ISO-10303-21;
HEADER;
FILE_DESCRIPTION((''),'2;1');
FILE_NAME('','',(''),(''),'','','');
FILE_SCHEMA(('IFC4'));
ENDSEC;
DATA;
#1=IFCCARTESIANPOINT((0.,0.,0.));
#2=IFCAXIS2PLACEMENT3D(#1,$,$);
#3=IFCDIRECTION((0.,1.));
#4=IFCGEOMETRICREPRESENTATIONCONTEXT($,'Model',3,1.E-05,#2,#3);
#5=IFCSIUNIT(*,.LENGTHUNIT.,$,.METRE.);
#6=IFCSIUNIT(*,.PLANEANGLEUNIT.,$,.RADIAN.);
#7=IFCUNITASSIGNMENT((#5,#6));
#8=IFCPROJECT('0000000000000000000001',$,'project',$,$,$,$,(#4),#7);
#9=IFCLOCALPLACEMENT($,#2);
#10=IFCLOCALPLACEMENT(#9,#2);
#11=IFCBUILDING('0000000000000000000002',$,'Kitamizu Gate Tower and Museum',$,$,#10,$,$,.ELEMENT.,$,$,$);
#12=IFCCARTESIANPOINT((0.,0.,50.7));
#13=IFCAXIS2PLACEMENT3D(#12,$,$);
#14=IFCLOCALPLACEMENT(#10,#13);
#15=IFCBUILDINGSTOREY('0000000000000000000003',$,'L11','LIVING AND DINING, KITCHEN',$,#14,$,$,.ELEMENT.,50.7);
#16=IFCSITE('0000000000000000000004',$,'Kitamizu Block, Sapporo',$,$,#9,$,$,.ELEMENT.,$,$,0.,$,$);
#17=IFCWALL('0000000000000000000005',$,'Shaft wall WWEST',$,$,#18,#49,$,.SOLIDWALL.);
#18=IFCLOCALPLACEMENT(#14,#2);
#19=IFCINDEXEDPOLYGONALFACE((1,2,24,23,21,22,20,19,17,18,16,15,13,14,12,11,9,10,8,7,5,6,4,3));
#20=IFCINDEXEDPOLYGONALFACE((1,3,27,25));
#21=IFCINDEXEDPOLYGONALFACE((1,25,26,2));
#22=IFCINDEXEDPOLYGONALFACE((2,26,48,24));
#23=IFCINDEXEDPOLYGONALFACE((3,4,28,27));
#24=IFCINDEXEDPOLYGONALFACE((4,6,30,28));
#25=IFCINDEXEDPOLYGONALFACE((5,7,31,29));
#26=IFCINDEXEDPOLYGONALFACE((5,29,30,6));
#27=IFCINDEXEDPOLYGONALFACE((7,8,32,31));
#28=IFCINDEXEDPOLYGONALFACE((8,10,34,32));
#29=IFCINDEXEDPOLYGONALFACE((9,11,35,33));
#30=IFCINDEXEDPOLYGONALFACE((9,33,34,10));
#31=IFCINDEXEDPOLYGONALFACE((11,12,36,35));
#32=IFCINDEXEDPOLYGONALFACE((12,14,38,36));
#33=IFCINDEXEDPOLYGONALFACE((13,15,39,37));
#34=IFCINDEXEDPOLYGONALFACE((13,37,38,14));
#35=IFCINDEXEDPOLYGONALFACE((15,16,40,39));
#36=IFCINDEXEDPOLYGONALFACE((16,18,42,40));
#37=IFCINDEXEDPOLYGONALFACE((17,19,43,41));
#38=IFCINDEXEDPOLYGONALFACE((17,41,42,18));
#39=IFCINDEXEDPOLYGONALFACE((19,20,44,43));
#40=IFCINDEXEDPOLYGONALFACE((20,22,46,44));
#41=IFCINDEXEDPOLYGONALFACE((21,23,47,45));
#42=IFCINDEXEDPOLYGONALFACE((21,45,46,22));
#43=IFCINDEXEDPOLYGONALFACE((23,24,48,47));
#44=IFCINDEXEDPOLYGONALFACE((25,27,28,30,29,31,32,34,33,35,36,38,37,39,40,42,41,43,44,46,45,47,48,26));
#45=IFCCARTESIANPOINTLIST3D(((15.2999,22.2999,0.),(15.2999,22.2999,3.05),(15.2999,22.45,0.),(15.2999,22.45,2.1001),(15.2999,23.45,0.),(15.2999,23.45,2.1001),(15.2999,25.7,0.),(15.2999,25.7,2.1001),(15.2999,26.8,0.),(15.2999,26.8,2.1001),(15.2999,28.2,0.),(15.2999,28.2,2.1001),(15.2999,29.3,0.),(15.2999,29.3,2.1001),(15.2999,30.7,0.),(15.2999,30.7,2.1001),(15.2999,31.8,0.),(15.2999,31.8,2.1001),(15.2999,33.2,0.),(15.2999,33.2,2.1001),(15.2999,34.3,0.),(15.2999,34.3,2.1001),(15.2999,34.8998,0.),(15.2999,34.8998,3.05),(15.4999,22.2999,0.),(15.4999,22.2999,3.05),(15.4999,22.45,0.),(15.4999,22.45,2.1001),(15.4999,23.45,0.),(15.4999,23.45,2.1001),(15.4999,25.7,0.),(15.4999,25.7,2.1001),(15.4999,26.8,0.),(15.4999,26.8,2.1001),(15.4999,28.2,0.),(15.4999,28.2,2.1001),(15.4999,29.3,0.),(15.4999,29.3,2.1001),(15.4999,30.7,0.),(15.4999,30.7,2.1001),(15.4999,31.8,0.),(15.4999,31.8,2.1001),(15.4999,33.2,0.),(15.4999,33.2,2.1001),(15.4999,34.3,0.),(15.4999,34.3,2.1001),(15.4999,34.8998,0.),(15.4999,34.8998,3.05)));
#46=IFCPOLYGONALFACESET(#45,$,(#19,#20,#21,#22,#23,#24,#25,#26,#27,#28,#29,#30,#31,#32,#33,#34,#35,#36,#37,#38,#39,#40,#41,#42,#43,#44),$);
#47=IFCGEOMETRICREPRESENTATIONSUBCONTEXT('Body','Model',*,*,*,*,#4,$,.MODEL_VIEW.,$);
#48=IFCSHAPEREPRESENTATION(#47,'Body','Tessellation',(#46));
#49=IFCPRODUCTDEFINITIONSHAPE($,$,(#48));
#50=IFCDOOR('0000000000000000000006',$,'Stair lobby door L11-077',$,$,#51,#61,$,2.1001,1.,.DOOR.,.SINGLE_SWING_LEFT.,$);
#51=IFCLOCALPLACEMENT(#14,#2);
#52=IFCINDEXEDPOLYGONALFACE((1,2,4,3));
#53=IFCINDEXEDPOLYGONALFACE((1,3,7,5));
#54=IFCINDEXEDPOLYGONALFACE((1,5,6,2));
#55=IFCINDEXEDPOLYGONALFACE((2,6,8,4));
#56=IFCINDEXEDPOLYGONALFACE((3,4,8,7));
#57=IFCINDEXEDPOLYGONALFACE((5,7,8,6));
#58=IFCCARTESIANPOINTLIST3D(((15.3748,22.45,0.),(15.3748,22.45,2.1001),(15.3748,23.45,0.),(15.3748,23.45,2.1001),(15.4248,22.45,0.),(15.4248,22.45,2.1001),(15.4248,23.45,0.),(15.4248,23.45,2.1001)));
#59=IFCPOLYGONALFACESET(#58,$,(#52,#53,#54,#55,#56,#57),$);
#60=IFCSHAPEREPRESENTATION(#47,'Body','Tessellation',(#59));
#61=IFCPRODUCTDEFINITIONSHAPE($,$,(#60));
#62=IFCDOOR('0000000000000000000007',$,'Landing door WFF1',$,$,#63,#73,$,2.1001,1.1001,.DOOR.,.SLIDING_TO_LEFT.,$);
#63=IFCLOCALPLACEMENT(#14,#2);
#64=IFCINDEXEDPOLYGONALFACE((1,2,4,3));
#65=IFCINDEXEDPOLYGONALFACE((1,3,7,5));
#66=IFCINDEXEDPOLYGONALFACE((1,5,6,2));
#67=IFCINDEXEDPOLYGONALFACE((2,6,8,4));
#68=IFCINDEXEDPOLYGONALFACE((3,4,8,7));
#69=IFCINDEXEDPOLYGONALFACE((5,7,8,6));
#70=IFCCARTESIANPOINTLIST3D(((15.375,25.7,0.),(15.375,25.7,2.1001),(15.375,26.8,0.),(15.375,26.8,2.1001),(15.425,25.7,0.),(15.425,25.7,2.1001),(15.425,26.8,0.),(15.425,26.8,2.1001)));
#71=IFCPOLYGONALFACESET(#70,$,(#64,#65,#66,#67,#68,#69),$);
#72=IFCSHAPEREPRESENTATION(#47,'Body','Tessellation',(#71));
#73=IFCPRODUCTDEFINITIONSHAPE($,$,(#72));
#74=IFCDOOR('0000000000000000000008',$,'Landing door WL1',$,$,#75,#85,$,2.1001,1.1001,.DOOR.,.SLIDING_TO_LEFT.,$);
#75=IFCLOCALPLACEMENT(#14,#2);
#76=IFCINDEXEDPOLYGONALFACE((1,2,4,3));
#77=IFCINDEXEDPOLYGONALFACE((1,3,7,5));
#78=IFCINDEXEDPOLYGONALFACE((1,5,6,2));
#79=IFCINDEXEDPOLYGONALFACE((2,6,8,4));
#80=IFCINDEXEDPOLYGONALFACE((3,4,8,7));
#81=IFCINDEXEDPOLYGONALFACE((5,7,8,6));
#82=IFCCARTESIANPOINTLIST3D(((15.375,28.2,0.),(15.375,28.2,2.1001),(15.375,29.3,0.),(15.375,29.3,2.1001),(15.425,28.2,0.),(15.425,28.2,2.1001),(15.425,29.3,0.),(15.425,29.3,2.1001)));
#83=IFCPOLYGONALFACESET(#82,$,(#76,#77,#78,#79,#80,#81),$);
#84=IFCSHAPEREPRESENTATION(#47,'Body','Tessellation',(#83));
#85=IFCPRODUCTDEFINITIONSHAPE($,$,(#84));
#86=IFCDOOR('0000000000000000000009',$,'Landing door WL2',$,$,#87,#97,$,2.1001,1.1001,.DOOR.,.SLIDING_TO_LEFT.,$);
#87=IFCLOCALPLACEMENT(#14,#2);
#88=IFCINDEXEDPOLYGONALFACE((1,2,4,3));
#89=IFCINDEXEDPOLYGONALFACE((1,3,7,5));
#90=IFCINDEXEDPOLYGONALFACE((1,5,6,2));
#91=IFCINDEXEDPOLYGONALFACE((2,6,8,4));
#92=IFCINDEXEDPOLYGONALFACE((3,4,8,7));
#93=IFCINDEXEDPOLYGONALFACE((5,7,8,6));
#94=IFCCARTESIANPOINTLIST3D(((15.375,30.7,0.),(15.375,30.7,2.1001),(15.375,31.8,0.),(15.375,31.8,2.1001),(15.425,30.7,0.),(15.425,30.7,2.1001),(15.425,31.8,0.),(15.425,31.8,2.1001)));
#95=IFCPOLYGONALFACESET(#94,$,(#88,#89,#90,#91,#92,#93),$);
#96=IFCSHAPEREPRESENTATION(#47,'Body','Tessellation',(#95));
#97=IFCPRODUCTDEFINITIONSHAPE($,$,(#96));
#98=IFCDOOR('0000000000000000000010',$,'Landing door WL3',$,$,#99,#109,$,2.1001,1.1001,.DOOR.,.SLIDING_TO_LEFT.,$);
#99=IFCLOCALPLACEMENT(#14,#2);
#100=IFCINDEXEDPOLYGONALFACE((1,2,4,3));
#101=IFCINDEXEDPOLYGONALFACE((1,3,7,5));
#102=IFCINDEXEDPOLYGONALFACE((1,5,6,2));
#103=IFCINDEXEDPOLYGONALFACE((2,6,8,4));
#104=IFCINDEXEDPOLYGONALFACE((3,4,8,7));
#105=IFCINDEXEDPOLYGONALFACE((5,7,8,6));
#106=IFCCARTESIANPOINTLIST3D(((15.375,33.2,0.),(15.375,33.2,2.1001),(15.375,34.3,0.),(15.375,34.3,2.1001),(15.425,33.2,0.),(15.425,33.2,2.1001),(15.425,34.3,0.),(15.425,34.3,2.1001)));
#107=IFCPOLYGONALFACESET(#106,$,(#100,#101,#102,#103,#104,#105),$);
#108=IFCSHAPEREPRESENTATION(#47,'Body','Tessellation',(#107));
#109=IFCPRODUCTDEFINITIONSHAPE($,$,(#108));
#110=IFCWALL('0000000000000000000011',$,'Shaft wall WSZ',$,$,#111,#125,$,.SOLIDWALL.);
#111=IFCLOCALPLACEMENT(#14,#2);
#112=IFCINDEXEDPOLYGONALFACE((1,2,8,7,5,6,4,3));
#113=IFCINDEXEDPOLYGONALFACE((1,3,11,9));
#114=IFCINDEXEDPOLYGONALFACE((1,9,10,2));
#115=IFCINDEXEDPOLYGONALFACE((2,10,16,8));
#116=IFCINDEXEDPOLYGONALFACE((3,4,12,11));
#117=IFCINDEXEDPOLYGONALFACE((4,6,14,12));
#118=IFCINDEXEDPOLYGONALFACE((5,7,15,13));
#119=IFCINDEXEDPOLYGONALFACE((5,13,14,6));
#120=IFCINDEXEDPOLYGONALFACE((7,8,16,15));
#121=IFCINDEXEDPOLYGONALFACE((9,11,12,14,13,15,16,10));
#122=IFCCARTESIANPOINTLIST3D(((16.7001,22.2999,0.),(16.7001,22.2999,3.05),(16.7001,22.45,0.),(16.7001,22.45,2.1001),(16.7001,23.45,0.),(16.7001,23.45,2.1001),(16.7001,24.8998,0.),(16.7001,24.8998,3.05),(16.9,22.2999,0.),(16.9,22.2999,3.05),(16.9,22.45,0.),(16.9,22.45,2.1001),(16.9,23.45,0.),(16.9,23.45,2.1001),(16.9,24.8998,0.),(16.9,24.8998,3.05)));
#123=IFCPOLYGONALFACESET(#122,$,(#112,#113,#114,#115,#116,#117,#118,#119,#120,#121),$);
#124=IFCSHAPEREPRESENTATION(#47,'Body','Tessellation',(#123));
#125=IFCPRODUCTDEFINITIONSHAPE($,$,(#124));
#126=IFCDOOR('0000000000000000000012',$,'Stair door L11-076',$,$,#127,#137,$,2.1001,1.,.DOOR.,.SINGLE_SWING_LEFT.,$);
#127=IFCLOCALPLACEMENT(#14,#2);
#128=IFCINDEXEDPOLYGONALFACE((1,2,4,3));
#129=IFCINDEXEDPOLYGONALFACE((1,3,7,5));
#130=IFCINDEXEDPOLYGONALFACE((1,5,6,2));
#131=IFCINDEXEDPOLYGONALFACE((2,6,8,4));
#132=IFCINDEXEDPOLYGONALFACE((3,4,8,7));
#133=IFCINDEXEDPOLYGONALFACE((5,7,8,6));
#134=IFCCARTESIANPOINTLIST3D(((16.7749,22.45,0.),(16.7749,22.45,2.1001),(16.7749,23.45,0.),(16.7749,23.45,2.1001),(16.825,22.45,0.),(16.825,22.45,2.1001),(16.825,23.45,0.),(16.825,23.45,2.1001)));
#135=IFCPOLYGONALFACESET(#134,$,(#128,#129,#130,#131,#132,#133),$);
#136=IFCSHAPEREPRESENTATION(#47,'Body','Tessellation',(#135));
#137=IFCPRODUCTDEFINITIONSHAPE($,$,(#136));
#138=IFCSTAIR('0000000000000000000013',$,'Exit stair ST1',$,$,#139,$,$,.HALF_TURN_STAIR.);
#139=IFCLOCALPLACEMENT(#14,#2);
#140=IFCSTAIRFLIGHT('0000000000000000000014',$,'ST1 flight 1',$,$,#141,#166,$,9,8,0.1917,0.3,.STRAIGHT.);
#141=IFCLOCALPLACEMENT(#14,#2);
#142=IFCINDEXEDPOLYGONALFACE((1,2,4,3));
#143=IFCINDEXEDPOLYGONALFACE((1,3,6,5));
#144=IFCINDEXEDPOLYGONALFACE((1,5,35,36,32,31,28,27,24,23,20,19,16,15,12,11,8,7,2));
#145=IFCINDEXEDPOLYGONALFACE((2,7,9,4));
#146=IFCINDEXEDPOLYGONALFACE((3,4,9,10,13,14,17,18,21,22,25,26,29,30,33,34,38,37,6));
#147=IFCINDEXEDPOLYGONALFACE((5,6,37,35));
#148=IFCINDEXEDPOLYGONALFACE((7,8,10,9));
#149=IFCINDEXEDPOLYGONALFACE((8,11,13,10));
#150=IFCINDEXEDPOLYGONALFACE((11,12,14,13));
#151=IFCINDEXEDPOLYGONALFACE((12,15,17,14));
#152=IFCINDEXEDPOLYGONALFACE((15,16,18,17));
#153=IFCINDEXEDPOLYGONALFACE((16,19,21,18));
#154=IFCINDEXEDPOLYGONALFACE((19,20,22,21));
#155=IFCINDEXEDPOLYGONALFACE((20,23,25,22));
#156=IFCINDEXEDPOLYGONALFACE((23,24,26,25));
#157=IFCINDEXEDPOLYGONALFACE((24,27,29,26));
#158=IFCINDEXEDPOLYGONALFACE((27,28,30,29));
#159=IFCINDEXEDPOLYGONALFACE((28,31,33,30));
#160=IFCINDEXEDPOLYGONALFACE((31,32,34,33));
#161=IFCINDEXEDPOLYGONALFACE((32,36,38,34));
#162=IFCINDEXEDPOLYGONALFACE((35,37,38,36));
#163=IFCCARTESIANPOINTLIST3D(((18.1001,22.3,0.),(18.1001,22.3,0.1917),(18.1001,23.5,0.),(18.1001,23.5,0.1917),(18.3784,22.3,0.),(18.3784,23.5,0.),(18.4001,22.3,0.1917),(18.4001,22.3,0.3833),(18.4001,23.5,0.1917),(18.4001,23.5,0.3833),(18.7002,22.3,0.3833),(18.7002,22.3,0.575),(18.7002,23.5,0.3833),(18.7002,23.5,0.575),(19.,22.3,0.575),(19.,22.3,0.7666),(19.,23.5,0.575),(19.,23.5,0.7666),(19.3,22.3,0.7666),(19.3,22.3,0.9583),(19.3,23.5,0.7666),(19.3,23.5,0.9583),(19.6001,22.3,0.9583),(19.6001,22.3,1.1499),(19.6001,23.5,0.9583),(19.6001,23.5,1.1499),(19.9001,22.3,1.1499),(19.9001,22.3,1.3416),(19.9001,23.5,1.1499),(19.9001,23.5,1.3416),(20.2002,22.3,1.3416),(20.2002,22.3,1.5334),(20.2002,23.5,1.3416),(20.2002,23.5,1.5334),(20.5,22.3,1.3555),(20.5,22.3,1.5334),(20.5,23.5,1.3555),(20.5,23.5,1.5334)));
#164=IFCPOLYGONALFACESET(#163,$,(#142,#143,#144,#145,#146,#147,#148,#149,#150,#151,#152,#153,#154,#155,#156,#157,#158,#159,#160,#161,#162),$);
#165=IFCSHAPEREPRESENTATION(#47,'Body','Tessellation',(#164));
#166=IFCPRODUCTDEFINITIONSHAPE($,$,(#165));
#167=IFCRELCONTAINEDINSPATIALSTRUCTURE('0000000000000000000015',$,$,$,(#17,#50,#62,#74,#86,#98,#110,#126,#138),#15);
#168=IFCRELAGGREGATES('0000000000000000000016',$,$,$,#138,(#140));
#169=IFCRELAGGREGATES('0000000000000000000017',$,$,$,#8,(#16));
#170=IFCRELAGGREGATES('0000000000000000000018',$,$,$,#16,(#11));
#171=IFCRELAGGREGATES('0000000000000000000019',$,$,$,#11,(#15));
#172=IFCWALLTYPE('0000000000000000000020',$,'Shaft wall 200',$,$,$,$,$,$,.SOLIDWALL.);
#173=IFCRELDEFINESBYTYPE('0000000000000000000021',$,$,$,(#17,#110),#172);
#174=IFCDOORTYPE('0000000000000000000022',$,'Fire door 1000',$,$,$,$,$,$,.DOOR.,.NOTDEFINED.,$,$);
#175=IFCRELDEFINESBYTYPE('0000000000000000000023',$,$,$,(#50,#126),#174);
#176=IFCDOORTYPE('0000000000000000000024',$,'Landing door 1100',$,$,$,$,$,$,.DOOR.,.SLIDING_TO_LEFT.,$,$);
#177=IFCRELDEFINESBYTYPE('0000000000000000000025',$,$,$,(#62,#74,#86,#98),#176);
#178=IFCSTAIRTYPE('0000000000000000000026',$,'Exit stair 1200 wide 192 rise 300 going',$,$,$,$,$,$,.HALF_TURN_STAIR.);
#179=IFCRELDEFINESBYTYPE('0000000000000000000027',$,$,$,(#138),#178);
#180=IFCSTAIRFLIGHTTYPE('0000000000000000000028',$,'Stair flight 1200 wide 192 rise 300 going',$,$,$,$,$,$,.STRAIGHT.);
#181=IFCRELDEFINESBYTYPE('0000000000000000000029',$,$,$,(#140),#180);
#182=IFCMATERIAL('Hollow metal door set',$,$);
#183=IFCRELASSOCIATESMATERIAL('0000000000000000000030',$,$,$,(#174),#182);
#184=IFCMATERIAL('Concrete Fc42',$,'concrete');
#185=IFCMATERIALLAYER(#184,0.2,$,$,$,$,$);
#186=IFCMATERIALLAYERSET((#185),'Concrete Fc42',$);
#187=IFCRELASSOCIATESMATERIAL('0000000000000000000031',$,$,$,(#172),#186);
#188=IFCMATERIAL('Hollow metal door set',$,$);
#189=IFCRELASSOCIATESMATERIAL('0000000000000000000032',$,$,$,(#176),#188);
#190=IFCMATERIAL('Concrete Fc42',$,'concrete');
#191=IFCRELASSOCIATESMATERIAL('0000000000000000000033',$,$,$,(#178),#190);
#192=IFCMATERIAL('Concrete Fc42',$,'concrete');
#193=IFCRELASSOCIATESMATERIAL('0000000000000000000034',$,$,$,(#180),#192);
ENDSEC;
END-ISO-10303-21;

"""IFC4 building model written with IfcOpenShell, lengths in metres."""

from ifc_helpers import new_model, si_unit, direction, frame, frame_2d, origin, place, context, subcontext, project, spatial, polyline, rectangle, outline, extrude, material, layer, layer_set, type_object, element, fill, aggregate, save


model = new_model("IFC4")

# Units and contexts
model_context = context("Model", 3, precision=1e-05, world=origin(), true_north=direction((0.0, 1.0)))
body_context = subcontext(model_context, "Body", "Model", "MODEL_VIEW")
ifc_project = project(units=[si_unit("LENGTHUNIT", "METRE"), si_unit("PLANEANGLEUNIT", "RADIAN")], contexts=[model_context])

# Site, building, storey
site_placement = place(None, origin())
site = spatial("IfcSite", under=ifc_project, at=site_placement, Name="Kitamizu Block, Sapporo", CompositionType="ELEMENT", RefElevation=0.0)
building_placement = place(site_placement, origin())
building = spatial("IfcBuilding", under=site, at=building_placement, Name="Kitamizu Gate Tower and Museum", CompositionType="ELEMENT")
storey_placement = place(building_placement, frame((0.0, 0.0, 50.7)))
storey = spatial("IfcBuildingStorey", under=building, at=storey_placement, Name="L11", Description="LIVING AND DINING, KITCHEN", CompositionType="ELEMENT", Elevation=50.7)

# Shared definitions
ifc_material_1 = material(Name="Hollow metal door set")
door_type_1 = type_object("IfcDoorType", Name="Fire door 1000", OperationType="NOTDEFINED", PredefinedType="DOOR", material=ifc_material_1)

# Wall, openings, doors
ifc_material_2 = material(Name="Concrete Fc42", Category="concrete")
ifc_layer_1 = layer(ifc_material_2, 0.2)
ifc_layer_set_1 = layer_set([ifc_layer_1], Name="Concrete Fc42")
wall_type_1 = type_object("IfcWallType", Name="Shaft wall 200", PredefinedType="SOLIDWALL", material=ifc_layer_set_1)
wall_1_placement = place(storey_placement, frame((15.3999, 22.3, 0.0), z_axis=(0.0, 0.0, 1.0), x_axis=(0.0, 1.0, 0.0)))
wall_1 = element("IfcWall", 1, at=wall_1_placement, inside=storey, type_object=wall_type_1, Name="Shaft wall WWEST", PredefinedType="SOLIDWALL", context=body_context, shape_type="SweptSolid", body=[
    extrude(rectangle(XDim=12.5999, YDim=0.2, at=frame_2d((6.2998, 0.0))), origin(), (0.0, 0.0, 1.0), 3.05),
])
opening_1_placement = place(wall_1_placement, frame((3.3999, 0.0, 0.0)))
opening_1 = element("IfcOpeningElement", 2, at=opening_1_placement, cuts=wall_1, PredefinedType="OPENING", context=body_context, shape_type="SweptSolid", body=[
    extrude(rectangle(XDim=1.1001, YDim=2.1001, at=frame_2d((0.55, 1.05))), frame((0.0, 0.1099, 0.0), z_axis=(0.0, -1.0, 0.0), x_axis=(1.0, 0.0, 0.0)), (0.0, 0.0, 1.0), 0.22),
])
opening_2_placement = place(wall_1_placement, frame((5.8999, 0.0, 0.0)))
opening_2 = element("IfcOpeningElement", 3, at=opening_2_placement, cuts=wall_1, PredefinedType="OPENING", context=body_context, shape_type="SweptSolid", body=[
    extrude(rectangle(XDim=1.1001, YDim=2.1001, at=frame_2d((0.55, 1.05))), frame((0.0, 0.1099, 0.0), z_axis=(0.0, -1.0, 0.0), x_axis=(1.0, 0.0, 0.0)), (0.0, 0.0, 1.0), 0.22),
])
opening_3_placement = place(wall_1_placement, frame((8.3999, 0.0, 0.0)))
opening_3 = element("IfcOpeningElement", 4, at=opening_3_placement, cuts=wall_1, PredefinedType="OPENING", context=body_context, shape_type="SweptSolid", body=[
    extrude(rectangle(XDim=1.1001, YDim=2.1001, at=frame_2d((0.55, 1.05))), frame((0.0, 0.1099, 0.0), z_axis=(0.0, -1.0, 0.0), x_axis=(1.0, 0.0, 0.0)), (0.0, 0.0, 1.0), 0.22),
])
opening_4_placement = place(wall_1_placement, frame((10.8999, 0.0, 0.0)))
opening_4 = element("IfcOpeningElement", 5, at=opening_4_placement, cuts=wall_1, PredefinedType="OPENING", context=body_context, shape_type="SweptSolid", body=[
    extrude(rectangle(XDim=1.1001, YDim=2.1001, at=frame_2d((0.55, 1.05))), frame((0.0, 0.1099, 0.0), z_axis=(0.0, -1.0, 0.0), x_axis=(1.0, 0.0, 0.0)), (0.0, 0.0, 1.0), 0.22),
])
opening_5_placement = place(wall_1_placement, frame((0.1499, 0.0, 0.0)))
opening_5 = element("IfcOpeningElement", 6, at=opening_5_placement, cuts=wall_1, PredefinedType="OPENING", context=body_context, shape_type="SweptSolid", body=[
    extrude(rectangle(XDim=1.0, YDim=2.1001, at=frame_2d((0.5, 1.05))), frame((0.0, 0.1099, 0.0), z_axis=(0.0, -1.0, 0.0), x_axis=(1.0, 0.0, 0.0)), (0.0, 0.0, 1.0), 0.22),
])
door_1_placement = place(opening_5_placement, frame((1.0, 0.0, 0.0), x_axis=(-1.0, 0.0, 0.0)))
door_1 = element("IfcDoor", 7, at=door_1_placement, inside=storey, type_object=door_type_1, Name="Stair lobby door L11-077", OperationType="SINGLE_SWING_LEFT", OverallHeight=2.1001, OverallWidth=1.0, PredefinedType="DOOR", context=body_context, shape_type="SweptSolid", body=[
    extrude(rectangle(XDim=1.0, YDim=2.1001, at=frame_2d((0.5, 1.05))), frame((0.0, 0.0249, 0.0), z_axis=(0.0, -1.0, 0.0), x_axis=(1.0, 0.0, 0.0)), (0.0, 0.0, 1.0), 0.05),
])
fill(opening_5, door_1)
ifc_material_3 = material(Name="Hollow metal door set")
door_type_2 = type_object("IfcDoorType", Name="Landing door 1100", OperationType="SLIDING_TO_LEFT", PredefinedType="DOOR", material=ifc_material_3)
door_2_placement = place(opening_1_placement, origin())
door_2 = element("IfcDoor", 8, at=door_2_placement, inside=storey, type_object=door_type_2, Name="Landing door WFF1", OperationType="SLIDING_TO_LEFT", OverallHeight=2.1001, OverallWidth=1.1001, PredefinedType="DOOR", context=body_context, shape_type="SweptSolid", body=[
    extrude(rectangle(XDim=1.1001, YDim=2.1001, at=frame_2d((0.55, 1.05))), frame((0.0, 0.0249, 0.0), z_axis=(0.0, -1.0, 0.0), x_axis=(1.0, 0.0, 0.0)), (0.0, 0.0, 1.0), 0.05),
])
fill(opening_1, door_2)
door_3_placement = place(opening_2_placement, origin())
door_3 = element("IfcDoor", 9, at=door_3_placement, inside=storey, type_object=door_type_2, Name="Landing door WL1", OperationType="SLIDING_TO_LEFT", OverallHeight=2.1001, OverallWidth=1.1001, PredefinedType="DOOR", context=body_context, shape_type="SweptSolid", body=[
    extrude(rectangle(XDim=1.1001, YDim=2.1001, at=frame_2d((0.55, 1.05))), frame((0.0, 0.0249, 0.0), z_axis=(0.0, -1.0, 0.0), x_axis=(1.0, 0.0, 0.0)), (0.0, 0.0, 1.0), 0.05),
])
fill(opening_2, door_3)
door_4_placement = place(opening_3_placement, origin())
door_4 = element("IfcDoor", 10, at=door_4_placement, inside=storey, type_object=door_type_2, Name="Landing door WL2", OperationType="SLIDING_TO_LEFT", OverallHeight=2.1001, OverallWidth=1.1001, PredefinedType="DOOR", context=body_context, shape_type="SweptSolid", body=[
    extrude(rectangle(XDim=1.1001, YDim=2.1001, at=frame_2d((0.55, 1.05))), frame((0.0, 0.0249, 0.0), z_axis=(0.0, -1.0, 0.0), x_axis=(1.0, 0.0, 0.0)), (0.0, 0.0, 1.0), 0.05),
])
fill(opening_3, door_4)
door_5_placement = place(opening_4_placement, origin())
door_5 = element("IfcDoor", 11, at=door_5_placement, inside=storey, type_object=door_type_2, Name="Landing door WL3", OperationType="SLIDING_TO_LEFT", OverallHeight=2.1001, OverallWidth=1.1001, PredefinedType="DOOR", context=body_context, shape_type="SweptSolid", body=[
    extrude(rectangle(XDim=1.1001, YDim=2.1001, at=frame_2d((0.55, 1.05))), frame((0.0, 0.0249, 0.0), z_axis=(0.0, -1.0, 0.0), x_axis=(1.0, 0.0, 0.0)), (0.0, 0.0, 1.0), 0.05),
])
fill(opening_4, door_5)

# Wall, opening, door
wall_2_placement = place(storey_placement, frame((16.8, 22.3, 0.0), z_axis=(0.0, 0.0, 1.0), x_axis=(0.0, 1.0, 0.0)))
wall_2 = element("IfcWall", 12, at=wall_2_placement, inside=storey, type_object=wall_type_1, Name="Shaft wall WSZ", PredefinedType="SOLIDWALL", context=body_context, shape_type="SweptSolid", body=[
    extrude(rectangle(XDim=2.5999, YDim=0.2, at=frame_2d((1.2998, 0.0))), origin(), (0.0, 0.0, 1.0), 3.05),
])
opening_6_placement = place(wall_2_placement, frame((0.1499, 0.0, 0.0)))
opening_6 = element("IfcOpeningElement", 13, at=opening_6_placement, cuts=wall_2, PredefinedType="OPENING", context=body_context, shape_type="SweptSolid", body=[
    extrude(rectangle(XDim=1.0, YDim=2.1001, at=frame_2d((0.5, 1.05))), frame((0.0, 0.1099, 0.0), z_axis=(0.0, -1.0, 0.0), x_axis=(1.0, 0.0, 0.0)), (0.0, 0.0, 1.0), 0.22),
])
door_6_placement = place(opening_6_placement, frame((1.0, 0.0, 0.0), x_axis=(-1.0, 0.0, 0.0)))
door_6 = element("IfcDoor", 14, at=door_6_placement, inside=storey, type_object=door_type_1, Name="Stair door L11-076", OperationType="SINGLE_SWING_LEFT", OverallHeight=2.1001, OverallWidth=1.0, PredefinedType="DOOR", context=body_context, shape_type="SweptSolid", body=[
    extrude(rectangle(XDim=1.0, YDim=2.1001, at=frame_2d((0.5, 1.05))), frame((0.0, 0.0249, 0.0), z_axis=(0.0, -1.0, 0.0), x_axis=(1.0, 0.0, 0.0)), (0.0, 0.0, 1.0), 0.05),
])
fill(opening_6, door_6)

# Stair, stair flight
ifc_material_4 = material(Name="Concrete Fc42", Category="concrete")
stair_type = type_object("IfcStairType", Name="Exit stair 1200 wide 192 rise 300 going", PredefinedType="HALF_TURN_STAIR", material=ifc_material_4)
stair_placement = place(storey_placement, origin())
stair = element("IfcStair", 15, at=stair_placement, inside=storey, type_object=stair_type, Name="Exit stair ST1", PredefinedType="HALF_TURN_STAIR")
ifc_material_5 = material(Name="Concrete Fc42", Category="concrete")
stair_flight_type = type_object("IfcStairFlightType", Name="Stair flight 1200 wide 192 rise 300 going", PredefinedType="STRAIGHT", material=ifc_material_5)
stair_flight_placement = place(storey_placement, frame((18.1001, 22.8999, 0.0), z_axis=(0.0, 0.0, 1.0), x_axis=(1.0, 0.0, 0.0)))
stair_flight = element("IfcStairFlight", 16, at=stair_flight_placement, type_object=stair_flight_type, Name="ST1 flight 1", NumberOfRisers=9, NumberOfTreads=8, PredefinedType="STRAIGHT", RiserHeight=0.1917, TreadLength=0.3, context=body_context, shape_type="SweptSolid", body=[
    extrude(outline(polyline([(0.0, 0.0), (0.0, 0.1917), (0.3, 0.1917), (0.3, 0.3833), (0.6001, 0.3833), (0.6001, 0.575), (0.8999, 0.575), (0.8999, 0.7666), (1.2, 0.7666), (1.2, 0.9583), (1.5, 0.9583), (1.5, 1.1499), (1.8, 1.1499), (1.8, 1.3416), (2.1001, 1.3416), (2.1001, 1.5334), (2.3999, 1.5334), (2.3999, 1.7251), (2.3999, 1.3555), (0.2783, 0.0), (0.0, 0.0)])), frame((0.0, 0.6001, 0.0), z_axis=(0.0, -1.0, 0.0), x_axis=(1.0, 0.0, 0.0)), (0.0, 0.0, 1.0), 1.2),
])
aggregate(stair, [stair_flight])

save(model, "model.ifc")
